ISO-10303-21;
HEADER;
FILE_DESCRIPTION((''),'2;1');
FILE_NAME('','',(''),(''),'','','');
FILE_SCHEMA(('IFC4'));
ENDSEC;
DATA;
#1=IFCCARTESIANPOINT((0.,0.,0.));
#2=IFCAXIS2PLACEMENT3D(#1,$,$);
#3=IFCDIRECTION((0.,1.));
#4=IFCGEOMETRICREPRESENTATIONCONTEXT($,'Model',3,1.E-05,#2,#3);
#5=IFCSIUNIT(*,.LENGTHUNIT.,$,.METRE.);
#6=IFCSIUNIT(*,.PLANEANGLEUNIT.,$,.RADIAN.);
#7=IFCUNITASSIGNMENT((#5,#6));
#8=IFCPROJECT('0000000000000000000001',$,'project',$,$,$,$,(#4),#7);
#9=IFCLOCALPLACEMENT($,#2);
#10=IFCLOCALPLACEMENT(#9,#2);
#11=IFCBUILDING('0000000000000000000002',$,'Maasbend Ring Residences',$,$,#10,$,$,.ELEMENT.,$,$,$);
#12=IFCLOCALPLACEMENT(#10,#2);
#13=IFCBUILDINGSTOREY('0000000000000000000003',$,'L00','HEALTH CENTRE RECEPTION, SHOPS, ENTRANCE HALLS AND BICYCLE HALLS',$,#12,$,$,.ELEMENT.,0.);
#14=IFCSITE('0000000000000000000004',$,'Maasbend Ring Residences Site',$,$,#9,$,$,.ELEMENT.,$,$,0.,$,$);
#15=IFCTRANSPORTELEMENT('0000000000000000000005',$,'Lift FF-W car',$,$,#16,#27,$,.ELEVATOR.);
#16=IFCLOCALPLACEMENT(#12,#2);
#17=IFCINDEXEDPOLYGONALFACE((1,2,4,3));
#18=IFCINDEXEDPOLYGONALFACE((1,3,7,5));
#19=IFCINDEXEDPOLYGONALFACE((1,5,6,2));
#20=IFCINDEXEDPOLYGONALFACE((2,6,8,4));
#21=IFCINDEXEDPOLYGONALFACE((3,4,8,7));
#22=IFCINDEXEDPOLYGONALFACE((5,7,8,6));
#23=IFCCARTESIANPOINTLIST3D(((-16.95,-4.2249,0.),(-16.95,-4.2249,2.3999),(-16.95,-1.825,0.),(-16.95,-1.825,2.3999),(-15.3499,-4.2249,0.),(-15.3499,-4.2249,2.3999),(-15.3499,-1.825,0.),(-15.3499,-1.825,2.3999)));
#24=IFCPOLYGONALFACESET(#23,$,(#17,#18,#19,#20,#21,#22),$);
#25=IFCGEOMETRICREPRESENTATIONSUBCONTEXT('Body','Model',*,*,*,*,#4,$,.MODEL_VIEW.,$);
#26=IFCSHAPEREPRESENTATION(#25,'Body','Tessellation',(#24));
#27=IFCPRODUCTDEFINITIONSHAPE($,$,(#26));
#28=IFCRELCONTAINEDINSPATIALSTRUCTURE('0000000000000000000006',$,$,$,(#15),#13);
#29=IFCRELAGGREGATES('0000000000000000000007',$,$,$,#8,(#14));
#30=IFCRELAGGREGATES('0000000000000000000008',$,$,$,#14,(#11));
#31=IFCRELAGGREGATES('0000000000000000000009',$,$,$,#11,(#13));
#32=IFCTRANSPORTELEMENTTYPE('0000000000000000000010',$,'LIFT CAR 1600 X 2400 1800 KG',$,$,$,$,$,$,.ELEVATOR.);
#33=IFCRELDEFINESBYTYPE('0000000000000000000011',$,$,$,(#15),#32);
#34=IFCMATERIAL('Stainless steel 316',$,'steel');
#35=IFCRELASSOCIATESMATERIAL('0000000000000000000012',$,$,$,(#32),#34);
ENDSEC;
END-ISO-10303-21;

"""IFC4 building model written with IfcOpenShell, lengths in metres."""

from ifc_helpers import new_model, si_unit, direction, frame, origin, origin_2d, place, context, subcontext, project, spatial, rectangle, extrude, material, type_object, element, save


model = new_model("IFC4")

# Units and contexts
model_context = context("Model", 3, precision=1e-05, world=origin(), true_north=direction((0.0, 1.0)))
body_context = subcontext(model_context, "Body", "Model", "MODEL_VIEW")
ifc_project = project(units=[si_unit("LENGTHUNIT", "METRE"), si_unit("PLANEANGLEUNIT", "RADIAN")], contexts=[model_context])

# Site, building, storey
site_placement = place(None, origin())
site = spatial("IfcSite", under=ifc_project, at=site_placement, Name="Maasbend Ring Residences Site", CompositionType="ELEMENT", RefElevation=0.0)
building_placement = place(site_placement, origin())
building = spatial("IfcBuilding", under=site, at=building_placement, Name="Maasbend Ring Residences", CompositionType="ELEMENT")
storey_placement = place(building_placement, origin())
storey = spatial("IfcBuildingStorey", under=building, at=storey_placement, Name="L00", Description="HEALTH CENTRE RECEPTION, SHOPS, ENTRANCE HALLS AND BICYCLE HALLS", CompositionType="ELEMENT", Elevation=0.0)

# Transport element
ifc_material_1 = material(Name="Stainless steel 316", Category="steel")
transport_element_type_1 = type_object("IfcTransportElementType", Name="LIFT CAR 1600 X 2400 1800 KG", PredefinedType="ELEVATOR", material=ifc_material_1)
transport_element_placement = place(storey_placement, frame((-16.1499, -3.0249, 0.0), z_axis=(0.0, 0.0, 1.0), x_axis=(1.0, 0.0, 0.0)))
element("IfcTransportElement", 1, at=transport_element_placement, inside=storey, type_object=transport_element_type_1, Name="Lift FF-W car", PredefinedType="ELEVATOR", context=body_context, shape_type="SweptSolid", body=[
    extrude(rectangle(XDim=1.6001, YDim=2.3999, at=origin_2d()), origin(), (0.0, 0.0, 1.0), 2.3999),
])

save(model, "model.ifc")
